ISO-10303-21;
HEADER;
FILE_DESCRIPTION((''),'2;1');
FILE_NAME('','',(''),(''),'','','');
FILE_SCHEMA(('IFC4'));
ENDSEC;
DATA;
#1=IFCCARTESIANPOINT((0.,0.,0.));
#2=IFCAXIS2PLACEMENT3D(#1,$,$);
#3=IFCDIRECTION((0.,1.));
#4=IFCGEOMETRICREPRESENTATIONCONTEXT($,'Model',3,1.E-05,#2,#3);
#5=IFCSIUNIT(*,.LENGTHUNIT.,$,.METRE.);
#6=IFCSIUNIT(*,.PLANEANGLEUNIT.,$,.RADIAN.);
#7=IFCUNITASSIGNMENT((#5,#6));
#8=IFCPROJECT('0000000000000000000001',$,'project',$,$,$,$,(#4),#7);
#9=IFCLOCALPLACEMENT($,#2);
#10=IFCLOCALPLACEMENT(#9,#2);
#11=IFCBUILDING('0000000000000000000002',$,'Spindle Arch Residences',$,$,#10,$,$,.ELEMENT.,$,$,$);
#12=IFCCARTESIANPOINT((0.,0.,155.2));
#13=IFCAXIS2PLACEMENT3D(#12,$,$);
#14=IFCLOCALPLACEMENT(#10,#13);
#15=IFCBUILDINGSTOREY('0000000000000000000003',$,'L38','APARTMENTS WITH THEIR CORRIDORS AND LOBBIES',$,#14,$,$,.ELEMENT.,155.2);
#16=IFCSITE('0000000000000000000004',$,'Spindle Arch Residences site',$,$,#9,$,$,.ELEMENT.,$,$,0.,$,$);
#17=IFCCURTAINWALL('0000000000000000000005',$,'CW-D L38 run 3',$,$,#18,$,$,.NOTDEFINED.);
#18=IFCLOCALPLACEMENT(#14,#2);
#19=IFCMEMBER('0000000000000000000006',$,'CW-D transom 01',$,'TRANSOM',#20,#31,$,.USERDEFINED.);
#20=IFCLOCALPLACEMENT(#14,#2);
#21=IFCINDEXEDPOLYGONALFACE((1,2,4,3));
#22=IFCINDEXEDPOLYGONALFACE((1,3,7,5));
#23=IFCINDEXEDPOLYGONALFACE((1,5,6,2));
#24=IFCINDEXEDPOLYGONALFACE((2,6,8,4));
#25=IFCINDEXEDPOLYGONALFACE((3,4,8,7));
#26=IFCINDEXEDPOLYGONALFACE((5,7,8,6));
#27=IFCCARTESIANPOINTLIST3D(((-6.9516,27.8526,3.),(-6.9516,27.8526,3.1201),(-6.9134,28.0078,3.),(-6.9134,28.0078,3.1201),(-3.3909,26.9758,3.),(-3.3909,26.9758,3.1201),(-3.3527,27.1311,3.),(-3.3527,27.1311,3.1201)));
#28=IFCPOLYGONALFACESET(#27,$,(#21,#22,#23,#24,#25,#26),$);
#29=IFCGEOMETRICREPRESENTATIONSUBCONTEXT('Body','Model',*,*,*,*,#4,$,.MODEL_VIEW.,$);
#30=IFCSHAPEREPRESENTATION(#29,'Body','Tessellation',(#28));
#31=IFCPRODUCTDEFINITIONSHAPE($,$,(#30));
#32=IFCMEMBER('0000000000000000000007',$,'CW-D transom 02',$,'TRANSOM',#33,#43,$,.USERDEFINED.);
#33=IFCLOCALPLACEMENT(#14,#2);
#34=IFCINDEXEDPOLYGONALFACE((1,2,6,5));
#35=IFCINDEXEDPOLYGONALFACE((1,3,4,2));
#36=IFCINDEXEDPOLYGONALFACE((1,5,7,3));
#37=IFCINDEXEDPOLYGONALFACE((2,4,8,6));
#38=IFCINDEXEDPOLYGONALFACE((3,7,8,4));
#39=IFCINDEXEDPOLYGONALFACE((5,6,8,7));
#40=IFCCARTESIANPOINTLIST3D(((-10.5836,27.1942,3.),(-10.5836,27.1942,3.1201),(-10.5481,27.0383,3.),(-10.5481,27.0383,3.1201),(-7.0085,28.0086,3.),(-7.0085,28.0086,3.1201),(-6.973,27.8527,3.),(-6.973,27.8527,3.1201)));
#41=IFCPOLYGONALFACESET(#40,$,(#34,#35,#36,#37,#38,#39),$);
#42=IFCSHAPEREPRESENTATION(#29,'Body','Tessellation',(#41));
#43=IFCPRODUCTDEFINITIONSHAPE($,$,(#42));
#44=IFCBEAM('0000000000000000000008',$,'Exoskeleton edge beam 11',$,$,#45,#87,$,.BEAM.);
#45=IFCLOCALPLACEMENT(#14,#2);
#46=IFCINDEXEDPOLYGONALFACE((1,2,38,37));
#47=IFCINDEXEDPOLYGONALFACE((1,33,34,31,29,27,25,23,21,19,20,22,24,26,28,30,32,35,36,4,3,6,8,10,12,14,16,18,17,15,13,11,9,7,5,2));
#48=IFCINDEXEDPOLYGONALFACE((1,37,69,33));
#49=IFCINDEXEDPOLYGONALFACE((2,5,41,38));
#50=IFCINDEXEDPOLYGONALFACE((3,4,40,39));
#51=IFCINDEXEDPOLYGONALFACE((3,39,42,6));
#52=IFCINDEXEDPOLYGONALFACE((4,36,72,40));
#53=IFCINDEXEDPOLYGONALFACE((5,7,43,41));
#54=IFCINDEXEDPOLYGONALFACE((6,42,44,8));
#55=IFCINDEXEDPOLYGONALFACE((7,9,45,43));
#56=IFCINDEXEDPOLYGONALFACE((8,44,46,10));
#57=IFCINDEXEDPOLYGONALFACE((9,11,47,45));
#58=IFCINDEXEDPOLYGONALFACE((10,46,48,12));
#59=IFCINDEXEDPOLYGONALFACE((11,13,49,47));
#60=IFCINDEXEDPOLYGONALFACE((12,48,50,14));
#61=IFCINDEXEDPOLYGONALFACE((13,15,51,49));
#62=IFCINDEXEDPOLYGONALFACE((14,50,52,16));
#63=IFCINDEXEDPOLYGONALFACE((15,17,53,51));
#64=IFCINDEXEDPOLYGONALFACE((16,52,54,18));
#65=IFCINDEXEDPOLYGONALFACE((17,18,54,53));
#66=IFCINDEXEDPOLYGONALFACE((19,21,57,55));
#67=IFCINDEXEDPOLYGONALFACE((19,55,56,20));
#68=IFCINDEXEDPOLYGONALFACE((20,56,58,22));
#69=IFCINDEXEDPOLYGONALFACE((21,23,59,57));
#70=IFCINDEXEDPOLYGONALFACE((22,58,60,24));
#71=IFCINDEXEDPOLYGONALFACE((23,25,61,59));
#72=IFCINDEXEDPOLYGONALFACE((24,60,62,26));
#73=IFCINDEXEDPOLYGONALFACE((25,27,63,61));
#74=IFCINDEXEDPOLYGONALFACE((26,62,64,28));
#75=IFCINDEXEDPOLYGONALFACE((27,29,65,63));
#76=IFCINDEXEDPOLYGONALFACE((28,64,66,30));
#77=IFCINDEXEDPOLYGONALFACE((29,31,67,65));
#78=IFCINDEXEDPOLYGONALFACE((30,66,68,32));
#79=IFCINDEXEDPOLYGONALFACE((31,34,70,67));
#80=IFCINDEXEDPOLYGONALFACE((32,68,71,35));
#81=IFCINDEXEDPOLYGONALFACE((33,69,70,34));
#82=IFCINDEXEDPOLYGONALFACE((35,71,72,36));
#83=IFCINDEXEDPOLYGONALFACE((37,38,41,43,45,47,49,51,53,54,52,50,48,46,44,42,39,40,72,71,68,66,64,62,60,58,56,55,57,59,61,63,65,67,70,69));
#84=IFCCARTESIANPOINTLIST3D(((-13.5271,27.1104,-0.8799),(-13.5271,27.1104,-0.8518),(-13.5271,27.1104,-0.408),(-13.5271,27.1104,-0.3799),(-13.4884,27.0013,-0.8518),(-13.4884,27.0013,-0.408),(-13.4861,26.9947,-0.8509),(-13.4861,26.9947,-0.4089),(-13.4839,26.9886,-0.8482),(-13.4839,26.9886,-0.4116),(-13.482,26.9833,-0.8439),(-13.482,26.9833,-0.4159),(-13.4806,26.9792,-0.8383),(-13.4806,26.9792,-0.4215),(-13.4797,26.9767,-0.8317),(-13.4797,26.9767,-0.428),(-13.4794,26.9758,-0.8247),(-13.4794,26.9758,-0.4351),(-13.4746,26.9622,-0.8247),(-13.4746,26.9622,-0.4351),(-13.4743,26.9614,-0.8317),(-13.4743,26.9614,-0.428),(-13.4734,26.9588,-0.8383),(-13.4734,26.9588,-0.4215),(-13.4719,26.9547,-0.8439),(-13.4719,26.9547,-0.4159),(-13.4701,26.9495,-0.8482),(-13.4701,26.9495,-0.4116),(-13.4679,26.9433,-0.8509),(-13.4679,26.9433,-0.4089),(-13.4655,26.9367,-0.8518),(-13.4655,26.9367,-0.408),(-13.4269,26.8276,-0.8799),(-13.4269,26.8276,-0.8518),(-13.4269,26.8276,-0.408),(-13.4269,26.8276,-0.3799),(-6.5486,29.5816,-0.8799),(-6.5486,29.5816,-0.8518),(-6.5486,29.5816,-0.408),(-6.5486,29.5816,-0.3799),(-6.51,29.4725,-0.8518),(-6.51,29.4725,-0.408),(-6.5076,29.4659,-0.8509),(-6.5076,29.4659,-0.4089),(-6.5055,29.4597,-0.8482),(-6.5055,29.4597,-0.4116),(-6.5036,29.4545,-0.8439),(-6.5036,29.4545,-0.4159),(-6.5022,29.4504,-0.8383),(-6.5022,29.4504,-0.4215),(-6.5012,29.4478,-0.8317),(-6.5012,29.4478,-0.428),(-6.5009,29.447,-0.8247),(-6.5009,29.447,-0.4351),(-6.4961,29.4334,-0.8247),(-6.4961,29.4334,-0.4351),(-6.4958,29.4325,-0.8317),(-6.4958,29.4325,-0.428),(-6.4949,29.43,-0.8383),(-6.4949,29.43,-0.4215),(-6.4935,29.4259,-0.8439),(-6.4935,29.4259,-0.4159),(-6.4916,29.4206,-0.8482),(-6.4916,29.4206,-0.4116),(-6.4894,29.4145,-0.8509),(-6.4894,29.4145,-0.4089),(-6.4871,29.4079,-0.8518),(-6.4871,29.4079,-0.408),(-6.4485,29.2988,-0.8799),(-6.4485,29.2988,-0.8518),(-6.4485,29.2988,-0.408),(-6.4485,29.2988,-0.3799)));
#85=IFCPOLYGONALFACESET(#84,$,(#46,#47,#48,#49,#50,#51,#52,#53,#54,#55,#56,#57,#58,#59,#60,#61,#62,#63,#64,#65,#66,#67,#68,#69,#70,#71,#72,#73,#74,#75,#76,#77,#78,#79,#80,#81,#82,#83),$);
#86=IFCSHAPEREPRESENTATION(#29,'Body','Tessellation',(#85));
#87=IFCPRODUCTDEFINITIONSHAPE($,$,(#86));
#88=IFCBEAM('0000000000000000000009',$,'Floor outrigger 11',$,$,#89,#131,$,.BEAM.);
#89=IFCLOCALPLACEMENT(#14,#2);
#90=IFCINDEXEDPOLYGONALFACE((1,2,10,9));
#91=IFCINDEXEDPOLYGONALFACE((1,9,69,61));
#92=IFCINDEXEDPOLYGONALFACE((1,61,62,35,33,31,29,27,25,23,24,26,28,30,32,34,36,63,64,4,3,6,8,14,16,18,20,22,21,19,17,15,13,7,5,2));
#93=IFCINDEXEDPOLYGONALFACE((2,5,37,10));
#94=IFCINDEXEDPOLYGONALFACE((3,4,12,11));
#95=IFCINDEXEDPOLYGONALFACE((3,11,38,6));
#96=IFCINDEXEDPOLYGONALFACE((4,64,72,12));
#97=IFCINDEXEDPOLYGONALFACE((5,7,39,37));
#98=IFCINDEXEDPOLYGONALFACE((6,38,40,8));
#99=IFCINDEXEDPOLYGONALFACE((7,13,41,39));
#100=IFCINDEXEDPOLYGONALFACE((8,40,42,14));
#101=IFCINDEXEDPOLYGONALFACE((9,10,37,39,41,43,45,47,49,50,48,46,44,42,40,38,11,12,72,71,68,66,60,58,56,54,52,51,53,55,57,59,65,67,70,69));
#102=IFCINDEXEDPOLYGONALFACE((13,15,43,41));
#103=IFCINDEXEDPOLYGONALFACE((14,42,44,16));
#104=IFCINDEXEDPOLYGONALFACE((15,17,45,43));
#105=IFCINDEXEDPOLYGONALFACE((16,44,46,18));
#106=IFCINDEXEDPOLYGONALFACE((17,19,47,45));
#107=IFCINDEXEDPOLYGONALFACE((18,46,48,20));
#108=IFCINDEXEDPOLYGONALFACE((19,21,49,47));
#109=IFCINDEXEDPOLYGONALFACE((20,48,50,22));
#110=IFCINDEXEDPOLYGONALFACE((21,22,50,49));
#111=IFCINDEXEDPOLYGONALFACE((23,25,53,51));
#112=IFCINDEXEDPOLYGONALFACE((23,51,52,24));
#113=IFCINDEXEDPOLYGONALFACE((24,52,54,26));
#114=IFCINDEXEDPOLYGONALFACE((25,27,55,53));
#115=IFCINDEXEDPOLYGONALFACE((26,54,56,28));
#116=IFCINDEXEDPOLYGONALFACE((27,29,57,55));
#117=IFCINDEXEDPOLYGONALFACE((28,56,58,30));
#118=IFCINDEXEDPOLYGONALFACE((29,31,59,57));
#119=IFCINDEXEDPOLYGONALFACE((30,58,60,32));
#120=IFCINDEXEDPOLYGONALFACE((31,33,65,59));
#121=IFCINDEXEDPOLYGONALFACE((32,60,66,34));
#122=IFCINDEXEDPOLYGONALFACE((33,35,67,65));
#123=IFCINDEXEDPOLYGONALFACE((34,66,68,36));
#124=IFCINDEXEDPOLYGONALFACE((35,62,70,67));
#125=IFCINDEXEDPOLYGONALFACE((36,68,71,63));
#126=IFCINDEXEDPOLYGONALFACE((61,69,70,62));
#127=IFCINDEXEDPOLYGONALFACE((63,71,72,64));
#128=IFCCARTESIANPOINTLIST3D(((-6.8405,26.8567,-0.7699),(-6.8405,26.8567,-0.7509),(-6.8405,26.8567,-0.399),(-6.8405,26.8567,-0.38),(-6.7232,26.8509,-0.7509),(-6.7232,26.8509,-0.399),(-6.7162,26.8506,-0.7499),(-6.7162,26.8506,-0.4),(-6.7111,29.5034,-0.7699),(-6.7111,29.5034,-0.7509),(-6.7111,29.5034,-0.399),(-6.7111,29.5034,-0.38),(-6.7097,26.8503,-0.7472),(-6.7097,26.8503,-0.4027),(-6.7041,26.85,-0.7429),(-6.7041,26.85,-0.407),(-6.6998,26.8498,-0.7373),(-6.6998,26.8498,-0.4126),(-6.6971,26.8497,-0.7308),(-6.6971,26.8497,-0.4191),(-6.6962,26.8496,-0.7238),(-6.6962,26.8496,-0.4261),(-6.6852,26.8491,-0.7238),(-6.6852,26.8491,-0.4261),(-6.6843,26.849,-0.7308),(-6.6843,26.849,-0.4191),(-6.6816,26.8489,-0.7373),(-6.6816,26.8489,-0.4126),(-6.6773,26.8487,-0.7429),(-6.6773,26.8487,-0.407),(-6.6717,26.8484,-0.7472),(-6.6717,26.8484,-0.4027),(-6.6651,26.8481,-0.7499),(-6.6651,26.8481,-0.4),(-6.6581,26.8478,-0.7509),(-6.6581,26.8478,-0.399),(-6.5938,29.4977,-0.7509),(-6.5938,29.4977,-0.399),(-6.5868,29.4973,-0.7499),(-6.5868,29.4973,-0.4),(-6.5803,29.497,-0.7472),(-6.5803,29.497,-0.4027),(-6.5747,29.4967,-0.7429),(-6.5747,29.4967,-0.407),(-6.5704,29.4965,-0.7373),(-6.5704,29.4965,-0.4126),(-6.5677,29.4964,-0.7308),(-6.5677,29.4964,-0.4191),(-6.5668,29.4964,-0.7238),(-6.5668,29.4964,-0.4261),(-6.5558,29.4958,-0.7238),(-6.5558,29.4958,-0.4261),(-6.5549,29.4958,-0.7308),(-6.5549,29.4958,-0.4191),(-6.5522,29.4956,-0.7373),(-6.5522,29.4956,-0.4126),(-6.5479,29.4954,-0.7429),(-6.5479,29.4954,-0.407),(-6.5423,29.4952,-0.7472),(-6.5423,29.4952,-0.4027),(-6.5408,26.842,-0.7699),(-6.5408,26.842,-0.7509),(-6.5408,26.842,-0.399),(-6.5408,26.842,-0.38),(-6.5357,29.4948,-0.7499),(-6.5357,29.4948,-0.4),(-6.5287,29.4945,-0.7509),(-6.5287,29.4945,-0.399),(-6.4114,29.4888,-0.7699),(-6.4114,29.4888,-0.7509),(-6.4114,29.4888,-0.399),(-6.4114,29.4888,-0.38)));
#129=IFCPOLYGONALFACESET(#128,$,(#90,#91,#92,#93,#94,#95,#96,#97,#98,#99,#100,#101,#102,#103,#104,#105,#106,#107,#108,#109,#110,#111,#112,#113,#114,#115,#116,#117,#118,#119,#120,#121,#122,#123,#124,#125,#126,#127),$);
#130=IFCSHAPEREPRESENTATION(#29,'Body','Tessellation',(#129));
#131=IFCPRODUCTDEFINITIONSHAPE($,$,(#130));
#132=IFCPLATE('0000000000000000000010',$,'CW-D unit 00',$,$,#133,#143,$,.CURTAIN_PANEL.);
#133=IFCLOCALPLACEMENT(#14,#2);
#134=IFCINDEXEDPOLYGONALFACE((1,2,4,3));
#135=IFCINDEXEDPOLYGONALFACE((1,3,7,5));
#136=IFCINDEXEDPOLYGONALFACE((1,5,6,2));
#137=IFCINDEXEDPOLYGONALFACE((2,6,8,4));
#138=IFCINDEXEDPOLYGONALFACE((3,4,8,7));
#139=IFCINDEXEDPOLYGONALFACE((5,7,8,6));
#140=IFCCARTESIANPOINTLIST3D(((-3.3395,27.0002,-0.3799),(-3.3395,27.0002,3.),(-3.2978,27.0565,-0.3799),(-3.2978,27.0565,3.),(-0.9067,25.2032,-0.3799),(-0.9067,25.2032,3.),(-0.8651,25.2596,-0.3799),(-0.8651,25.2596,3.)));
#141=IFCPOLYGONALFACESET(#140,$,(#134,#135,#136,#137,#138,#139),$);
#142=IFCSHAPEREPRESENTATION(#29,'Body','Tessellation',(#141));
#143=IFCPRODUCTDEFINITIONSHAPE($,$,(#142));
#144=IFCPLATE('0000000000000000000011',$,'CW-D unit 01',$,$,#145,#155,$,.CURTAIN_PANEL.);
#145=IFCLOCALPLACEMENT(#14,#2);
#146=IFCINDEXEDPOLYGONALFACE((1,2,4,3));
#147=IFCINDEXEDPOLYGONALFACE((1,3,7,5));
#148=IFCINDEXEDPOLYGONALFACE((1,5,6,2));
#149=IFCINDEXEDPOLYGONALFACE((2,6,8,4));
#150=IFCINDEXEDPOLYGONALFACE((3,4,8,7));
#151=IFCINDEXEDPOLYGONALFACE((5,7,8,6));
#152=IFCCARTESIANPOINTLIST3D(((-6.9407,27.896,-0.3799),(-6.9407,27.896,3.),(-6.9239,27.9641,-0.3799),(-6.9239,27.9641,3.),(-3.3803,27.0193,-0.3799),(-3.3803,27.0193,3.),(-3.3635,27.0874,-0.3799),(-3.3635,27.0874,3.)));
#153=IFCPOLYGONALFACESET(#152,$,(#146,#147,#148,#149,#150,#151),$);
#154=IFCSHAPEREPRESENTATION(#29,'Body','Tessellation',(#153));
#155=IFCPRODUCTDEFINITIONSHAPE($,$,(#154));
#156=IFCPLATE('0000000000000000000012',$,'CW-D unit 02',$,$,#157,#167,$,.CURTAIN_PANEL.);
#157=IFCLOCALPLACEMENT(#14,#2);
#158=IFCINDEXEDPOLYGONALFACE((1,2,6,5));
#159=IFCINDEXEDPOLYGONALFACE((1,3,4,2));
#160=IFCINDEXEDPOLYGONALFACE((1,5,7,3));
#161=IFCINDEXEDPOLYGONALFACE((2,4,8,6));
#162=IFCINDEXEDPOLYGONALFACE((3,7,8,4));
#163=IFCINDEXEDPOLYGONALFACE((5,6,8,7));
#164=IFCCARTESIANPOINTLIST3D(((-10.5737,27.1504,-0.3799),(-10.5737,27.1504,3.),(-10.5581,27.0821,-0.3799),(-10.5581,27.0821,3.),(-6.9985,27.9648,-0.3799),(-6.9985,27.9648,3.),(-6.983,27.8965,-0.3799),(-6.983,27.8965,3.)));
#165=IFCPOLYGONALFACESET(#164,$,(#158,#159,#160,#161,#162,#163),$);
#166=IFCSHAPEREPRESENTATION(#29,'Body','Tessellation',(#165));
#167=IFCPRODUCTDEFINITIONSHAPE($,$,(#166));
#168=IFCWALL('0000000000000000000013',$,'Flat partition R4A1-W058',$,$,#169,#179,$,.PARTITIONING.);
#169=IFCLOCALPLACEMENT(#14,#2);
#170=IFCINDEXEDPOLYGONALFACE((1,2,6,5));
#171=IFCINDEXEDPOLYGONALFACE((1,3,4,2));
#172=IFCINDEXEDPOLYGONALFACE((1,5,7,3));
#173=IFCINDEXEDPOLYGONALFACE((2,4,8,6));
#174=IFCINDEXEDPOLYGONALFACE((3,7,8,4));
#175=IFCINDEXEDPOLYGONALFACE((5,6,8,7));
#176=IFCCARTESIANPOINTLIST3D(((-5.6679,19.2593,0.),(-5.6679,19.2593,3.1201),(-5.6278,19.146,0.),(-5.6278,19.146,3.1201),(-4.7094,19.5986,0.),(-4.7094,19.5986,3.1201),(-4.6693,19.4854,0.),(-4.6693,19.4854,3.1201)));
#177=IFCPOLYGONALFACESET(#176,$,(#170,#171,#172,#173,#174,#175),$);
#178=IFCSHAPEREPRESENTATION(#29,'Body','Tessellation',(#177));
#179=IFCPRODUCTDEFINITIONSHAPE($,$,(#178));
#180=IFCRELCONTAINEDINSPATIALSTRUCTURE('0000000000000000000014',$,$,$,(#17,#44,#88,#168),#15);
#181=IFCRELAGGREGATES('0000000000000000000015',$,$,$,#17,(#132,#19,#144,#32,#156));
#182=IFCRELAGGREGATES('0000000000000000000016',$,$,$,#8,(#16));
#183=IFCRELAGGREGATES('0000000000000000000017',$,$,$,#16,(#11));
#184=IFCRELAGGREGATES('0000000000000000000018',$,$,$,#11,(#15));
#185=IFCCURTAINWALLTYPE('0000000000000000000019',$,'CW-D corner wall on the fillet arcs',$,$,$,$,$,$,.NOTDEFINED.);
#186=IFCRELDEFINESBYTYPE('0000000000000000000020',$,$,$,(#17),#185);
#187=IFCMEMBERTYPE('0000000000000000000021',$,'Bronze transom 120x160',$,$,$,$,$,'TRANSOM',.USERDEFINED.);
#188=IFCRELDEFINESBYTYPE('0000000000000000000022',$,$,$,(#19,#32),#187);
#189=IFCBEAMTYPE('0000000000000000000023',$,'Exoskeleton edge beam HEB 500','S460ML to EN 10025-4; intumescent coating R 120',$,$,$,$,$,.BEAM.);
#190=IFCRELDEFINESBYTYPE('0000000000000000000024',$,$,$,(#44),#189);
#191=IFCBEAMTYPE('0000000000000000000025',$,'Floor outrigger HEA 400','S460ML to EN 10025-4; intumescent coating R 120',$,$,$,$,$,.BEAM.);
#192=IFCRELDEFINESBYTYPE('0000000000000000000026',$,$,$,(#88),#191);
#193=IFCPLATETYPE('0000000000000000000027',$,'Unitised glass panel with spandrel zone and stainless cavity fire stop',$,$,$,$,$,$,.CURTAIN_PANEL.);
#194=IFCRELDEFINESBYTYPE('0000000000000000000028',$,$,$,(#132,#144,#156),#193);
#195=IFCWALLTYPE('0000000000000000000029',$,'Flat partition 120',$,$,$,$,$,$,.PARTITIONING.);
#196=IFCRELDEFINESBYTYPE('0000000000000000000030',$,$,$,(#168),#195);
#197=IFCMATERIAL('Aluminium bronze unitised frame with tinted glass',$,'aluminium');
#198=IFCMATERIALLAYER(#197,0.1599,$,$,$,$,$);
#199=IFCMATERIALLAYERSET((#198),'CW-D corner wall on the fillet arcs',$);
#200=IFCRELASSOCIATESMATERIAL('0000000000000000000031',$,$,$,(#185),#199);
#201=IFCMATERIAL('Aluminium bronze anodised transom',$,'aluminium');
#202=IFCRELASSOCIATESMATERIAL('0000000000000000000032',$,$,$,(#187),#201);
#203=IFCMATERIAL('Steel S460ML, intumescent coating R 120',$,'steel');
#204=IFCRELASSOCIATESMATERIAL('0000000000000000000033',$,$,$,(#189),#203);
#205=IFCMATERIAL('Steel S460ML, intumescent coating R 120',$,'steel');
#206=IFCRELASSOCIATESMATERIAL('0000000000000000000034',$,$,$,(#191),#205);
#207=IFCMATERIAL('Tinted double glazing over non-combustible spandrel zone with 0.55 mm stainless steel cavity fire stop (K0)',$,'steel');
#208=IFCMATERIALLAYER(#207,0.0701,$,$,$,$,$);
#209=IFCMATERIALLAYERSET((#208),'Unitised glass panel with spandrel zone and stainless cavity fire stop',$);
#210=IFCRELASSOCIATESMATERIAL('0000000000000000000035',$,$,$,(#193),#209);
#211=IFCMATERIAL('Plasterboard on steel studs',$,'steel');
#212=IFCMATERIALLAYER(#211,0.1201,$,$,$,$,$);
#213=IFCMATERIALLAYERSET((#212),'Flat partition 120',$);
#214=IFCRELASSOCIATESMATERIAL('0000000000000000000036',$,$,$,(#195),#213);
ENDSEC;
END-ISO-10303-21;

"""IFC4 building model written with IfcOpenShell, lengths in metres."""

from ifc_helpers import new_model, si_unit, direction, frame, frame_2d, origin, origin_2d, place, context, subcontext, project, spatial, rectangle, i_section, extrude, material, layer, layer_set, material_profile, profile_set, type_object, element, aggregate, save


model = new_model("IFC4")

# Units and contexts
model_context = context("Model", 3, precision=1e-05, world=origin(), true_north=direction((0.0, 1.0)))
body_context = subcontext(model_context, "Body", "Model", "MODEL_VIEW")
ifc_project = project(units=[si_unit("LENGTHUNIT", "METRE"), si_unit("PLANEANGLEUNIT", "RADIAN")], contexts=[model_context])

# Site, building, storey
site_placement = place(None, origin())
site = spatial("IfcSite", under=ifc_project, at=site_placement, Name="Spindle Arch Residences site", CompositionType="ELEMENT", RefElevation=0.0)
building_placement = place(site_placement, origin())
building = spatial("IfcBuilding", under=site, at=building_placement, Name="Spindle Arch Residences", CompositionType="ELEMENT")
storey_placement = place(building_placement, frame((0.0, 0.0, 155.2)))
storey = spatial("IfcBuildingStorey", under=building, at=storey_placement, Name="L38", Description="APARTMENTS WITH THEIR CORRIDORS AND LOBBIES", CompositionType="ELEMENT", Elevation=155.2)

# Curtain wall, members
ifc_material_1 = material(Name="Aluminium bronze unitised frame with tinted glass", Category="aluminium")
ifc_layer_1 = layer(ifc_material_1, 0.1599)
ifc_layer_set_1 = layer_set([ifc_layer_1], Name="CW-D corner wall on the fillet arcs")
curtain_wall_type = type_object("IfcCurtainWallType", Name="CW-D corner wall on the fillet arcs", PredefinedType="NOTDEFINED", material=ifc_layer_set_1)
curtain_wall_placement = place(storey_placement, origin())
curtain_wall = element("IfcCurtainWall", 1, at=curtain_wall_placement, inside=storey, type_object=curtain_wall_type, Name="CW-D L38 run 3", PredefinedType="NOTDEFINED")
ifc_material_2 = material(Name="Aluminium bronze anodised transom", Category="aluminium")
ifc_material_profile_1 = material_profile(ifc_material_2, rectangle(XDim=0.1599, YDim=0.1201, at=origin_2d()), Name="TR 120x160")
ifc_profile_set_1 = profile_set([ifc_material_profile_1], Name="Aluminium bronze anodised transom")
member_type_1 = type_object("IfcMemberType", Name="Bronze transom 120x160", ElementType="TRANSOM", PredefinedType="USERDEFINED", material=ifc_profile_set_1)
member_1_placement = place(storey_placement, frame((-3.3718, 27.0535, 3.0601), z_axis=(-0.970998, 0.239088, 0.0), x_axis=(-0.239088, -0.970998, 0.0)))
member_1 = element("IfcMember", 2, at=member_1_placement, type_object=member_type_1, Name="CW-D transom 01", ObjectType="TRANSOM", PredefinedType="USERDEFINED", context=body_context, shape_type="SweptSolid", body=[
    extrude(rectangle(XDim=0.1599, YDim=0.1201, at=origin_2d()), origin(), (0.0, 0.0, 1.0), 3.667),
])
member_2_placement = place(storey_placement, frame((-6.9907, 27.9307, 3.0601), z_axis=(-0.97502, -0.222116, 0.0), x_axis=(0.222116, -0.97502, 0.0)))
member_2 = element("IfcMember", 3, at=member_2_placement, type_object=member_type_1, Name="CW-D transom 02", ObjectType="TRANSOM", PredefinedType="USERDEFINED", context=body_context, shape_type="SweptSolid", body=[
    extrude(rectangle(XDim=0.1599, YDim=0.1201, at=origin_2d()), origin(), (0.0, 0.0, 1.0), 3.6667),
])

# Beams
ifc_material_3 = material(Name="Steel S460ML, intumescent coating R 120", Category="steel")
ifc_material_profile_2 = material_profile(ifc_material_3, i_section(OverallWidth=0.3, OverallDepth=0.5, WebThickness=0.0144, FlangeThickness=0.0281, FilletRadius=0.0271, at=origin_2d()), Name="HEB 500")
ifc_profile_set_2 = profile_set([ifc_material_profile_2], Name="Steel S460ML, intumescent coating R 120")
beam_type_1 = type_object("IfcBeamType", Name="Exoskeleton edge beam HEB 500", Description="S460ML to EN 10025-4; intumescent coating R 120", PredefinedType="BEAM", material=ifc_profile_set_2)
beam_1_placement = place(storey_placement, frame((-6.4985, 29.4402, -0.6299), z_axis=(-0.942643, -0.333803, 0.0), x_axis=(0.333803, -0.942643, 0.0)))
element("IfcBeam", 4, at=beam_1_placement, inside=storey, type_object=beam_type_1, Name="Exoskeleton edge beam 11", PredefinedType="BEAM", context=body_context, shape_type="SweptSolid", body=[
    extrude(i_section(OverallWidth=0.3, OverallDepth=0.5, WebThickness=0.0144, FlangeThickness=0.0281, FilletRadius=0.0271, at=origin_2d()), origin(), (0.0, 0.0, 1.0), 7.4031),
])
ifc_material_4 = material(Name="Steel S460ML, intumescent coating R 120", Category="steel")
ifc_material_profile_3 = material_profile(ifc_material_4, i_section(OverallWidth=0.3, OverallDepth=0.3899, WebThickness=0.011, FlangeThickness=0.019, FilletRadius=0.0271, at=origin_2d()), Name="HEA 400")
ifc_profile_set_3 = profile_set([ifc_material_profile_3], Name="Steel S460ML, intumescent coating R 120")
beam_type_2 = type_object("IfcBeamType", Name="Floor outrigger HEA 400", Description="S460ML to EN 10025-4; intumescent coating R 120", PredefinedType="BEAM", material=ifc_profile_set_3)
beam_2_placement = place(storey_placement, frame((-6.5613, 29.4961, -0.575), z_axis=(-0.04883, -0.998807, 0.0), x_axis=(0.998807, -0.04883, 0.0)))
element("IfcBeam", 5, at=beam_2_placement, inside=storey, type_object=beam_type_2, Name="Floor outrigger 11", PredefinedType="BEAM", context=body_context, shape_type="SweptSolid", body=[
    extrude(i_section(OverallWidth=0.3, OverallDepth=0.3899, WebThickness=0.011, FlangeThickness=0.019, FilletRadius=0.0271, at=origin_2d()), origin(), (0.0, 0.0, 1.0), 2.6499),
])

# Plates
ifc_material_5 = material(Name="Tinted double glazing over non-combustible spandrel zone with 0.55 mm stainless steel cavity fire stop (K0)", Category="steel")
ifc_layer_2 = layer(ifc_material_5, 0.0701)
ifc_layer_set_2 = layer_set([ifc_layer_2], Name="Unitised glass panel with spandrel zone and stainless cavity fire stop")
plate_type = type_object("IfcPlateType", Name="Unitised glass panel with spandrel zone and stainless cavity fire stop", PredefinedType="CURTAIN_PANEL", material=ifc_layer_set_2)
plate_1_placement = place(storey_placement, frame((-2.1023, 26.1299, -0.3799), z_axis=(0.0, 0.0, 1.0), x_axis=(-0.804366, 0.594134, 0.0)))
plate_1 = element("IfcPlate", 6, at=plate_1_placement, type_object=plate_type, Name="CW-D unit 00", PredefinedType="CURTAIN_PANEL", context=body_context, shape_type="SweptSolid", body=[
    extrude(rectangle(XDim=3.0244, YDim=0.0701, at=origin_2d()), origin(), (0.0, 0.0, 1.0), 3.3799),
])
plate_2_placement = place(storey_placement, frame((-5.1521, 27.4917, -0.3799), z_axis=(0.0, 0.0, 1.0), x_axis=(-0.970995, 0.239098, 0.0)))
plate_2 = element("IfcPlate", 7, at=plate_2_placement, type_object=plate_type, Name="CW-D unit 01", PredefinedType="CURTAIN_PANEL", context=body_context, shape_type="SweptSolid", body=[
    extrude(rectangle(XDim=3.6667, YDim=0.0701, at=origin_2d()), origin(), (0.0, 0.0, 1.0), 3.3799),
])
plate_3_placement = place(storey_placement, frame((-8.7783, 27.5234, -0.3799), z_axis=(0.0, 0.0, 1.0), x_axis=(-0.97502, -0.222116, 0.0)))
plate_3 = element("IfcPlate", 8, at=plate_3_placement, type_object=plate_type, Name="CW-D unit 02", PredefinedType="CURTAIN_PANEL", context=body_context, shape_type="SweptSolid", body=[
    extrude(rectangle(XDim=3.6667, YDim=0.0701, at=origin_2d()), origin(), (0.0, 0.0, 1.0), 3.3799),
])
aggregate(curtain_wall, [plate_1, member_1, plate_2, member_2, plate_3])

# Wall
ifc_material_6 = material(Name="Plasterboard on steel studs", Category="steel")
ifc_layer_3 = layer(ifc_material_6, 0.1201)
ifc_layer_set_3 = layer_set([ifc_layer_3], Name="Flat partition 120")
wall_type_1 = type_object("IfcWallType", Name="Flat partition 120", PredefinedType="PARTITIONING", material=ifc_layer_set_3)
wall_1_placement = place(storey_placement, frame((-4.6895, 19.542, 0.0), z_axis=(0.0, 0.0, 1.0), x_axis=(-0.942662, -0.333749, 0.0)))
element("IfcWall", 9, at=wall_1_placement, inside=storey, type_object=wall_type_1, Name="Flat partition R4A1-W058", PredefinedType="PARTITIONING", context=body_context, shape_type="SweptSolid", body=[
    extrude(rectangle(XDim=1.0168, YDim=0.1201, at=frame_2d((0.5083, 0.0))), origin(), (0.0, 0.0, 1.0), 3.1201),
])

save(model, "model.ifc")
